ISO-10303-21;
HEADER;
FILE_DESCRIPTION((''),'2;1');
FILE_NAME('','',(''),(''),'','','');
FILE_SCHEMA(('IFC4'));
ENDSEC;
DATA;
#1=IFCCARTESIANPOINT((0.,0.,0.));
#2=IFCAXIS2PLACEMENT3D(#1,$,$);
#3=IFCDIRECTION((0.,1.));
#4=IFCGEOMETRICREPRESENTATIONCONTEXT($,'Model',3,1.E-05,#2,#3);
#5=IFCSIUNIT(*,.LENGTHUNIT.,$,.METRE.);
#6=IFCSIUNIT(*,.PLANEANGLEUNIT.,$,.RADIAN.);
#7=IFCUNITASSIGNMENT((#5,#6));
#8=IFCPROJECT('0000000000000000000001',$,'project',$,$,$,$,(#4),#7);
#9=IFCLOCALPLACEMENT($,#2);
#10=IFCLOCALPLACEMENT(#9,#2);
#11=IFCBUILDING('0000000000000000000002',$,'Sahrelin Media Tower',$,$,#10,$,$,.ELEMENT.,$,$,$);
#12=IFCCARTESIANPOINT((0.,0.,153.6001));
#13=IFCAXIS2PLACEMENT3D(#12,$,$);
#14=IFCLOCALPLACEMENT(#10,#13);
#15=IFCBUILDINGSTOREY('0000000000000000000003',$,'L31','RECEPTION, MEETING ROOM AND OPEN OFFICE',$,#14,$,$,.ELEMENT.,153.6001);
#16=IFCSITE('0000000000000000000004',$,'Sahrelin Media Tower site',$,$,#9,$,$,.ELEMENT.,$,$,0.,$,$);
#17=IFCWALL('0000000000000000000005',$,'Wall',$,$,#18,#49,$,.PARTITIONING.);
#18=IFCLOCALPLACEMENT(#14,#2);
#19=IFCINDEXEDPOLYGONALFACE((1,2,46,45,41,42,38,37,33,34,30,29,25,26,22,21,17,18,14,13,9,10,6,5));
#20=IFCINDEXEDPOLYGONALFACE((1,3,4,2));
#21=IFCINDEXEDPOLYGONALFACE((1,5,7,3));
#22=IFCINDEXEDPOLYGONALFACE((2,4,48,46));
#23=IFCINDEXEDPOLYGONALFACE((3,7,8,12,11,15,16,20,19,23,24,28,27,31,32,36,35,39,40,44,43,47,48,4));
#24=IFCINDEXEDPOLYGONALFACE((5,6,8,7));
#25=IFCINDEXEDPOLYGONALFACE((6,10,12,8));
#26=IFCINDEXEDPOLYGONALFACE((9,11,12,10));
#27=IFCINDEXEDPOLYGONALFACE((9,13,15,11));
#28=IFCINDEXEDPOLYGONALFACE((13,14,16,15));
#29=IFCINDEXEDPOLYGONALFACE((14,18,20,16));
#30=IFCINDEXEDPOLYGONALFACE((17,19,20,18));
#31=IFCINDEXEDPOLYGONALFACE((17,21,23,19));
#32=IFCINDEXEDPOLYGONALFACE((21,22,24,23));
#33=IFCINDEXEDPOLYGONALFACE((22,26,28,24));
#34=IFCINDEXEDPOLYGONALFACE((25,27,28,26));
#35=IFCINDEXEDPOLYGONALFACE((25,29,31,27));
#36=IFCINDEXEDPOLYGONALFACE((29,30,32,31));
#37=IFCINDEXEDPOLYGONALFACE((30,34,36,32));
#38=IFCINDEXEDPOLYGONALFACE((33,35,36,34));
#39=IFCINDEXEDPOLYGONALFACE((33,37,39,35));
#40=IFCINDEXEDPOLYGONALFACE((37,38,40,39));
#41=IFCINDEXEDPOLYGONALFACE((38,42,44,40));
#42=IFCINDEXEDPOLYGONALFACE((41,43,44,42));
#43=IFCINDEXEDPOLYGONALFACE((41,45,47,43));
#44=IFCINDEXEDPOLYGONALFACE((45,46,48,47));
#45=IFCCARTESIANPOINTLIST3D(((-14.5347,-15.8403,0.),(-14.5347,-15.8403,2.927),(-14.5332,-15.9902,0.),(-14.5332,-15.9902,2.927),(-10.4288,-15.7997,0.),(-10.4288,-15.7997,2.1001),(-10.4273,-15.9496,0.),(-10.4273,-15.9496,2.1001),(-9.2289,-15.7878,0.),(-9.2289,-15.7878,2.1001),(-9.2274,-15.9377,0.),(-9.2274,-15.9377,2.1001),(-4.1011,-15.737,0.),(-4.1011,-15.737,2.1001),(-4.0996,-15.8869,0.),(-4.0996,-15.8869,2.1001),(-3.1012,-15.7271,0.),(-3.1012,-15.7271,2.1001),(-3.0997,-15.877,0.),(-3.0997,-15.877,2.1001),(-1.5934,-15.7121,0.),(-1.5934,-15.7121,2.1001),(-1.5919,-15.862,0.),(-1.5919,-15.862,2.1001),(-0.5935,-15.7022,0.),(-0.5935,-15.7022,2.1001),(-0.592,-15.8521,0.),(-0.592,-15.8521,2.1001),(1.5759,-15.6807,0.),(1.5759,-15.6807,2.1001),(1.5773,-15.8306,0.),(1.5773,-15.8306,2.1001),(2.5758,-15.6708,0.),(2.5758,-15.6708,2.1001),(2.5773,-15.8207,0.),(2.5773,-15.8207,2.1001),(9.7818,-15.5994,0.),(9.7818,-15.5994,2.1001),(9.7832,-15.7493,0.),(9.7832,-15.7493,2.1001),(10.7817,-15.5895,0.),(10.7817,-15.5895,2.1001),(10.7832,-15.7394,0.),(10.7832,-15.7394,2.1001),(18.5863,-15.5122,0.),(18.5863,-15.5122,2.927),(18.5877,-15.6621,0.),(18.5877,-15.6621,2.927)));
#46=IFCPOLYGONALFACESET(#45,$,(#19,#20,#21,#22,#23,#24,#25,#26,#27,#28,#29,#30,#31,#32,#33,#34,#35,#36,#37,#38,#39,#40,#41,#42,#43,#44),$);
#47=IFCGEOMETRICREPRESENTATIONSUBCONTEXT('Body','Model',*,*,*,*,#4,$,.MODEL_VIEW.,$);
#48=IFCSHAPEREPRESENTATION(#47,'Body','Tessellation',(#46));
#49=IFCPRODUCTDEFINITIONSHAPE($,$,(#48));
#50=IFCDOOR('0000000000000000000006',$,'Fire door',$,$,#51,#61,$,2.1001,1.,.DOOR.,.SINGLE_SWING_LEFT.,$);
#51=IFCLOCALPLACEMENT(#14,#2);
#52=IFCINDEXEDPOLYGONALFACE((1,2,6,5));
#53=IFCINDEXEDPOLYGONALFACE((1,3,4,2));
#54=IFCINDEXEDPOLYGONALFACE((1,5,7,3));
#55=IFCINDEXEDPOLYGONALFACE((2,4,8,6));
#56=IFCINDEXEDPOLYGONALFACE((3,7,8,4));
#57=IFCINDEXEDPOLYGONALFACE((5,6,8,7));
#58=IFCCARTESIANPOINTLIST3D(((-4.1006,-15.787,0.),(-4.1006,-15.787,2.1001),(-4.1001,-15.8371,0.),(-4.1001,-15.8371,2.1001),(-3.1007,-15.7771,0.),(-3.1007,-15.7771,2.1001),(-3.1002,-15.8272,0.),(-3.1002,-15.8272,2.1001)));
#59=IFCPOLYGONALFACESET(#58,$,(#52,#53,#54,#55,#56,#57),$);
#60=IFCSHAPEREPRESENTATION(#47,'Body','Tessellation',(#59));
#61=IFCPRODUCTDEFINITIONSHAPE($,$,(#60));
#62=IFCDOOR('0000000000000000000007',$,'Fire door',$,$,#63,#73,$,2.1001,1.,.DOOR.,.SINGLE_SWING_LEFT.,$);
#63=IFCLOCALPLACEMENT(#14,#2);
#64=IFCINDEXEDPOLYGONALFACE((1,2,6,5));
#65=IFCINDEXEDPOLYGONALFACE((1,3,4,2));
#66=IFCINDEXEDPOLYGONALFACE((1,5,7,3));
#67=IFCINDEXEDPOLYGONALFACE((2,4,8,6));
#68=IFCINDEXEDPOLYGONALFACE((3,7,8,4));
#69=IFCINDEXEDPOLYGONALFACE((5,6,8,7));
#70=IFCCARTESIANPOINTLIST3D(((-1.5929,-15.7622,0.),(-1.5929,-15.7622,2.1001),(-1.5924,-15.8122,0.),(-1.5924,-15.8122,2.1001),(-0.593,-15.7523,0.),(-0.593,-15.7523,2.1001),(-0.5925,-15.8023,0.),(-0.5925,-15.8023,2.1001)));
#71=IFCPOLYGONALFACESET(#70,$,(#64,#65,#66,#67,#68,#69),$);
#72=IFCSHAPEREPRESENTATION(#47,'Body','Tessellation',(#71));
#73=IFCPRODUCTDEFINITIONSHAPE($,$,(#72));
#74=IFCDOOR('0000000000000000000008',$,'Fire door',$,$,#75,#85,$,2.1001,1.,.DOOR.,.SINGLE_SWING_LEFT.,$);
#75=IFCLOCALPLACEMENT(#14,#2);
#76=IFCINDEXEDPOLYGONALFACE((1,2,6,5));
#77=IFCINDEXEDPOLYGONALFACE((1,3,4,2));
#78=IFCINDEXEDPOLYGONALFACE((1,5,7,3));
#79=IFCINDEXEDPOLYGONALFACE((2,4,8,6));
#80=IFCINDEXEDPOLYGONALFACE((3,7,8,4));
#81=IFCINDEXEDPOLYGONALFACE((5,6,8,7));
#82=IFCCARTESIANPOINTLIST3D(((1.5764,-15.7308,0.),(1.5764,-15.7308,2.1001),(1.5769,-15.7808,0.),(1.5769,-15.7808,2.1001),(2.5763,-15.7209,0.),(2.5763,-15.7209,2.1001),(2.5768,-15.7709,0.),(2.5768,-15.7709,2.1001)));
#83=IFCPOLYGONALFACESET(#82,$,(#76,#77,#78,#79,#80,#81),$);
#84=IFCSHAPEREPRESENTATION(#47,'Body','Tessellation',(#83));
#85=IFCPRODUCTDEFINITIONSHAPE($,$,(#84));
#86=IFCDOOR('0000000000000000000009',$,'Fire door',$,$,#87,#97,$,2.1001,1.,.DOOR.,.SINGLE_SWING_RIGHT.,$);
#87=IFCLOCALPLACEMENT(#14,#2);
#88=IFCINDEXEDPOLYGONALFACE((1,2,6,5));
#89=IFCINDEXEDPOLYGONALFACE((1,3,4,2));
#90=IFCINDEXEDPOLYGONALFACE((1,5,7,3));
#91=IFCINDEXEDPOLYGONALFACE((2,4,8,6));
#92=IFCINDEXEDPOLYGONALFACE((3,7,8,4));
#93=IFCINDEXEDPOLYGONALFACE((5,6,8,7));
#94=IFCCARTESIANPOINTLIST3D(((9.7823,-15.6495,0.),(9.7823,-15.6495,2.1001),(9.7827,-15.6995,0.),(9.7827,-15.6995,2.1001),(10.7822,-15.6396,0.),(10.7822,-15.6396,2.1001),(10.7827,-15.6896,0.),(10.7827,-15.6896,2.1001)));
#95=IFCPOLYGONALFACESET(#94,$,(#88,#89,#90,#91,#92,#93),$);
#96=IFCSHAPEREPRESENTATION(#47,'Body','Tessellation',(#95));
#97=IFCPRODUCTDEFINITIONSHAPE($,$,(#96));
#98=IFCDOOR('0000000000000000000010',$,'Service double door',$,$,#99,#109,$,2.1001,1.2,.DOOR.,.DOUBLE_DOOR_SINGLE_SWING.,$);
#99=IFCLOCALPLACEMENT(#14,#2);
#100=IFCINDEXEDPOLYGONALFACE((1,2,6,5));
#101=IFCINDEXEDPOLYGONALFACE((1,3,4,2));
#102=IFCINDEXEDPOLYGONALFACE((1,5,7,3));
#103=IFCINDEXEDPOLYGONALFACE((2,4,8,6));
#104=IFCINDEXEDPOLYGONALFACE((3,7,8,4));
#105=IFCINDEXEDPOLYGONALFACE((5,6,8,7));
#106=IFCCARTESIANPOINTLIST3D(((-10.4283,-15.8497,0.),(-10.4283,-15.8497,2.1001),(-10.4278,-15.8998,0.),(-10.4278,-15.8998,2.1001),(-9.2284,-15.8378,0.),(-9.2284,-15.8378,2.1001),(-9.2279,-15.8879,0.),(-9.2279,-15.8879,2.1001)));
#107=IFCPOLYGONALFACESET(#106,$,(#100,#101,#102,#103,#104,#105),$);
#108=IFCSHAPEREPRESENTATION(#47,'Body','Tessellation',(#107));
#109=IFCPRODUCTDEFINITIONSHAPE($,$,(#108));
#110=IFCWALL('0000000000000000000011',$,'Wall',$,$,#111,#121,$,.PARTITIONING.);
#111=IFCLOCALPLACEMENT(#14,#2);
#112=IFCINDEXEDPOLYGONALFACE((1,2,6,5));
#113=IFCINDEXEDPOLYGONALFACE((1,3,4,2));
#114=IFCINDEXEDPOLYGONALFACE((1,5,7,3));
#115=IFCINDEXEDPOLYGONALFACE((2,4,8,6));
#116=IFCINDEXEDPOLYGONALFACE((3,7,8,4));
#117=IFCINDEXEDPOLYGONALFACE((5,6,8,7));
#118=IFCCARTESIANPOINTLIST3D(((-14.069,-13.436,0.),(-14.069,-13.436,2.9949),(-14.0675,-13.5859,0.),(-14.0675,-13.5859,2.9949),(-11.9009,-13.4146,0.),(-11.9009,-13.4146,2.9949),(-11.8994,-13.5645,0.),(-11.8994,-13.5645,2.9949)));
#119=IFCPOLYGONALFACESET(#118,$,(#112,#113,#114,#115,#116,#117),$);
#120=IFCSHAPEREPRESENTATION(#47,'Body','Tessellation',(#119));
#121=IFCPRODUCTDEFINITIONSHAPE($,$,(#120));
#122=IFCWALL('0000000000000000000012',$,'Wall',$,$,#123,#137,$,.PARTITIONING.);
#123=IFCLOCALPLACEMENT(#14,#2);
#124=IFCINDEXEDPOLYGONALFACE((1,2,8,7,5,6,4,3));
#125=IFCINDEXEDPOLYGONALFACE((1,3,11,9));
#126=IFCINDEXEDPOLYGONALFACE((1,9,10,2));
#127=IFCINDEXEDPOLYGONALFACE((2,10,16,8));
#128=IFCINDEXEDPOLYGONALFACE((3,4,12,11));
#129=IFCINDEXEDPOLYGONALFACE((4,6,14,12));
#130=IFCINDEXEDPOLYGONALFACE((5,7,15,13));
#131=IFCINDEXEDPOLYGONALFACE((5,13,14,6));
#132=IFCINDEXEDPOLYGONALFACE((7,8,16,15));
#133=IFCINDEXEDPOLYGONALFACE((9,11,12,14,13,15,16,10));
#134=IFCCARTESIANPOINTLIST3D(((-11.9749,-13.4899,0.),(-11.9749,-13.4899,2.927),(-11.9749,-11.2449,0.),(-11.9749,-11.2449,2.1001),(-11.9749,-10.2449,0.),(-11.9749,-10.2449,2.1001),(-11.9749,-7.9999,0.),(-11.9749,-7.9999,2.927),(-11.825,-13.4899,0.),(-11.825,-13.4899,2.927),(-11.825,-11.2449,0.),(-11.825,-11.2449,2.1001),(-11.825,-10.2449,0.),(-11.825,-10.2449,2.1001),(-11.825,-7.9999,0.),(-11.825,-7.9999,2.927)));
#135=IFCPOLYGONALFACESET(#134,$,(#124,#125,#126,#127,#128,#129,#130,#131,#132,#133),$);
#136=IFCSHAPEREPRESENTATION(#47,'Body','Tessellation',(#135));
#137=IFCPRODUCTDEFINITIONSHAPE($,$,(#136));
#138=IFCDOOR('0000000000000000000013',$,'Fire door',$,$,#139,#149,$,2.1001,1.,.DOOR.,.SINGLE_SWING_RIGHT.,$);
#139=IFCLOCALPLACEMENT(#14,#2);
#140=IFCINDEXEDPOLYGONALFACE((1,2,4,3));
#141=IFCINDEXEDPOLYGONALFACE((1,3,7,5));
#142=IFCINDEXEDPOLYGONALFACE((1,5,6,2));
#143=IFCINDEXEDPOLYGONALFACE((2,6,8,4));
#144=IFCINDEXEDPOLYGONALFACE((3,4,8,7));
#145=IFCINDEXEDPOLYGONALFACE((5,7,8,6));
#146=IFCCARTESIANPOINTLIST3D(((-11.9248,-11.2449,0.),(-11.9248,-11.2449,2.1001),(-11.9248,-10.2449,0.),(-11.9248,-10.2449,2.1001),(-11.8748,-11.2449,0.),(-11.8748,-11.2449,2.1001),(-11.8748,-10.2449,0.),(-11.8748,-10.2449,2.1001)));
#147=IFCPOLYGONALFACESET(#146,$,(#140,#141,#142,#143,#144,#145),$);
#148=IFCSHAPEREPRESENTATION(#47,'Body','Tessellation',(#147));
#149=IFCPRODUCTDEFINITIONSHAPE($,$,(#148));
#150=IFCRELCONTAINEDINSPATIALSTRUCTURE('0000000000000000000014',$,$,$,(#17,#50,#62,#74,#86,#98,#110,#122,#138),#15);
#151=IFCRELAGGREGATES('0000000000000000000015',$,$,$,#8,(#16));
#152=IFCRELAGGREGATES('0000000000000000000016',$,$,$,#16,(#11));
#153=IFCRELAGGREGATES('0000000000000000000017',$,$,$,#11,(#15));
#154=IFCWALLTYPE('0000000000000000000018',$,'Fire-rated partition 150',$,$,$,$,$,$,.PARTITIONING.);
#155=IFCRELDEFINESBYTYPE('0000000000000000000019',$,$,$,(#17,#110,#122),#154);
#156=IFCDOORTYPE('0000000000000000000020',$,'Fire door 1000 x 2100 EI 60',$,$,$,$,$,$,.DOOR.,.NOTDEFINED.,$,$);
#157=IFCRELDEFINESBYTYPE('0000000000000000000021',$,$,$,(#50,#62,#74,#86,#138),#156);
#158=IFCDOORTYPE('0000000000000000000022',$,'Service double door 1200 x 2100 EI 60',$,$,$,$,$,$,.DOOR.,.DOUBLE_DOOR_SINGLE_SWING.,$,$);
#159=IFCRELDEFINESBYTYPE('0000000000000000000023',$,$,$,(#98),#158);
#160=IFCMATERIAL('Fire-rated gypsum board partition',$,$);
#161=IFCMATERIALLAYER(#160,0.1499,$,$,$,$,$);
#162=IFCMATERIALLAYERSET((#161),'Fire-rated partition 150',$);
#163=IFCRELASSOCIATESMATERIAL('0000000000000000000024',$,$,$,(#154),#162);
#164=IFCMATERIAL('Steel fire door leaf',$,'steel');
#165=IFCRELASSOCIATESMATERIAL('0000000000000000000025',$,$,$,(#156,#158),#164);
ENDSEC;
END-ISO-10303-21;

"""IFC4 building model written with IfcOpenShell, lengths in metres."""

from ifc_helpers import new_model, si_unit, direction, frame, frame_2d, origin, place, context, subcontext, project, spatial, rectangle, extrude, material, layer, layer_set, type_object, element, fill, save


model = new_model("IFC4")

# Units and contexts
model_context = context("Model", 3, precision=1e-05, world=origin(), true_north=direction((0.0, 1.0)))
body_context = subcontext(model_context, "Body", "Model", "MODEL_VIEW")
ifc_project = project(units=[si_unit("LENGTHUNIT", "METRE"), si_unit("PLANEANGLEUNIT", "RADIAN")], contexts=[model_context])

# Site, building, storey
site_placement = place(None, origin())
site = spatial("IfcSite", under=ifc_project, at=site_placement, Name="Sahrelin Media Tower site", CompositionType="ELEMENT", RefElevation=0.0)
building_placement = place(site_placement, origin())
building = spatial("IfcBuilding", under=site, at=building_placement, Name="Sahrelin Media Tower", CompositionType="ELEMENT")
storey_placement = place(building_placement, frame((0.0, 0.0, 153.6001)))
storey = spatial("IfcBuildingStorey", under=building, at=storey_placement, Name="L31", Description="RECEPTION, MEETING ROOM AND OPEN OFFICE", CompositionType="ELEMENT", Elevation=153.6001)

# Shared definitions
ifc_material_1 = material(Name="Fire-rated gypsum board partition")
ifc_layer_1 = layer(ifc_material_1, 0.1499)
ifc_layer_set_1 = layer_set([ifc_layer_1], Name="Fire-rated partition 150")
wall_type_1 = type_object("IfcWallType", Name="Fire-rated partition 150", PredefinedType="PARTITIONING", material=ifc_layer_set_1)

# Wall, openings, doors
wall_1_placement = place(storey_placement, frame((-14.5339, -15.9153, 0.0), z_axis=(0.0, 0.0, 1.0), x_axis=(0.999951, 0.009906, 0.0)))
wall_1 = element("IfcWall", 1, at=wall_1_placement, inside=storey, type_object=wall_type_1, Name="Wall", PredefinedType="PARTITIONING", context=body_context, shape_type="SweptSolid", body=[
    extrude(rectangle(XDim=33.1226, YDim=0.1499, at=frame_2d((16.5613, 0.0))), origin(), (0.0, 0.0, 1.0), 2.927),
])
opening_1_placement = place(wall_1_placement, frame((4.106, 0.0, 0.0)))
opening_1 = element("IfcOpeningElement", 2, at=opening_1_placement, cuts=wall_1, PredefinedType="OPENING", context=body_context, shape_type="SweptSolid", body=[
    extrude(rectangle(XDim=1.2, YDim=2.1001, at=frame_2d((0.6001, 1.05))), frame((0.0, 0.075, 0.0), z_axis=(0.0, -1.0, 0.0), x_axis=(1.0, 0.0, 0.0)), (0.0, 0.0, 1.0), 0.1499),
])
opening_2_placement = place(wall_1_placement, frame((10.4341, 0.0, 0.0)))
opening_2 = element("IfcOpeningElement", 3, at=opening_2_placement, cuts=wall_1, PredefinedType="OPENING", context=body_context, shape_type="SweptSolid", body=[
    extrude(rectangle(XDim=1.0, YDim=2.1001, at=frame_2d((0.5, 1.05))), frame((0.0, 0.075, 0.0), z_axis=(0.0, -1.0, 0.0), x_axis=(1.0, 0.0, 0.0)), (0.0, 0.0, 1.0), 0.1499),
])
opening_3_placement = place(wall_1_placement, frame((12.9419, 0.0, 0.0)))
opening_3 = element("IfcOpeningElement", 4, at=opening_3_placement, cuts=wall_1, PredefinedType="OPENING", context=body_context, shape_type="SweptSolid", body=[
    extrude(rectangle(XDim=1.0, YDim=2.1001, at=frame_2d((0.5, 1.05))), frame((0.0, 0.075, 0.0), z_axis=(0.0, -1.0, 0.0), x_axis=(1.0, 0.0, 0.0)), (0.0, 0.0, 1.0), 0.1499),
])
opening_4_placement = place(wall_1_placement, frame((16.1113, 0.0, 0.0)))
opening_4 = element("IfcOpeningElement", 5, at=opening_4_placement, cuts=wall_1, PredefinedType="OPENING", context=body_context, shape_type="SweptSolid", body=[
    extrude(rectangle(XDim=1.0, YDim=2.1001, at=frame_2d((0.5, 1.05))), frame((0.0, 0.075, 0.0), z_axis=(0.0, -1.0, 0.0), x_axis=(1.0, 0.0, 0.0)), (0.0, 0.0, 1.0), 0.1499),
])
opening_5_placement = place(wall_1_placement, frame((24.3176, 0.0, 0.0)))
opening_5 = element("IfcOpeningElement", 6, at=opening_5_placement, cuts=wall_1, PredefinedType="OPENING", context=body_context, shape_type="SweptSolid", body=[
    extrude(rectangle(XDim=1.0, YDim=2.1001, at=frame_2d((0.5, 1.05))), frame((0.0, 0.075, 0.0), z_axis=(0.0, -1.0, 0.0), x_axis=(1.0, 0.0, 0.0)), (0.0, 0.0, 1.0), 0.1499),
])
ifc_material_2 = material(Name="Steel fire door leaf", Category="steel")
door_type_1 = type_object("IfcDoorType", Name="Fire door 1000 x 2100 EI 60", OperationType="NOTDEFINED", PredefinedType="DOOR", material=ifc_material_2)
door_1_placement = place(opening_2_placement, origin())
door_1 = element("IfcDoor", 7, at=door_1_placement, inside=storey, type_object=door_type_1, Name="Fire door", OperationType="SINGLE_SWING_LEFT", OverallHeight=2.1001, OverallWidth=1.0, PredefinedType="DOOR", context=body_context, shape_type="SweptSolid", body=[
    extrude(rectangle(XDim=1.0, YDim=2.1001, at=frame_2d((0.5, 1.05))), frame((0.0, 0.0249, 0.0), z_axis=(0.0, -1.0, 0.0), x_axis=(1.0, 0.0, 0.0)), (0.0, 0.0, 1.0), 0.05),
])
fill(opening_2, door_1)
door_2_placement = place(opening_3_placement, origin())
door_2 = element("IfcDoor", 8, at=door_2_placement, inside=storey, type_object=door_type_1, Name="Fire door", OperationType="SINGLE_SWING_LEFT", OverallHeight=2.1001, OverallWidth=1.0, PredefinedType="DOOR", context=body_context, shape_type="SweptSolid", body=[
    extrude(rectangle(XDim=1.0, YDim=2.1001, at=frame_2d((0.5, 1.05))), frame((0.0, 0.0249, 0.0), z_axis=(0.0, -1.0, 0.0), x_axis=(1.0, 0.0, 0.0)), (0.0, 0.0, 1.0), 0.05),
])
fill(opening_3, door_2)
door_3_placement = place(opening_4_placement, origin())
door_3 = element("IfcDoor", 9, at=door_3_placement, inside=storey, type_object=door_type_1, Name="Fire door", OperationType="SINGLE_SWING_LEFT", OverallHeight=2.1001, OverallWidth=1.0, PredefinedType="DOOR", context=body_context, shape_type="SweptSolid", body=[
    extrude(rectangle(XDim=1.0, YDim=2.1001, at=frame_2d((0.5, 1.05))), frame((0.0, 0.0249, 0.0), z_axis=(0.0, -1.0, 0.0), x_axis=(1.0, 0.0, 0.0)), (0.0, 0.0, 1.0), 0.05),
])
fill(opening_4, door_3)
door_4_placement = place(opening_5_placement, origin())
door_4 = element("IfcDoor", 10, at=door_4_placement, inside=storey, type_object=door_type_1, Name="Fire door", OperationType="SINGLE_SWING_RIGHT", OverallHeight=2.1001, OverallWidth=1.0, PredefinedType="DOOR", context=body_context, shape_type="SweptSolid", body=[
    extrude(rectangle(XDim=1.0, YDim=2.1001, at=frame_2d((0.5, 1.05))), frame((0.0, 0.0249, 0.0), z_axis=(0.0, -1.0, 0.0), x_axis=(1.0, 0.0, 0.0)), (0.0, 0.0, 1.0), 0.05),
])
fill(opening_5, door_4)
door_type_2 = type_object("IfcDoorType", Name="Service double door 1200 x 2100 EI 60", OperationType="DOUBLE_DOOR_SINGLE_SWING", PredefinedType="DOOR", material=ifc_material_2)
door_5_placement = place(opening_1_placement, origin())
door_5 = element("IfcDoor", 11, at=door_5_placement, inside=storey, type_object=door_type_2, Name="Service double door", OperationType="DOUBLE_DOOR_SINGLE_SWING", OverallHeight=2.1001, OverallWidth=1.2, PredefinedType="DOOR", context=body_context, shape_type="SweptSolid", body=[
    extrude(rectangle(XDim=1.2, YDim=2.1001, at=frame_2d((0.6001, 1.05))), frame((0.0, 0.0249, 0.0), z_axis=(0.0, -1.0, 0.0), x_axis=(1.0, 0.0, 0.0)), (0.0, 0.0, 1.0), 0.05),
])
fill(opening_1, door_5)

# Wall
wall_2_placement = place(storey_placement, frame((-14.0681, -13.511, 0.0), z_axis=(0.0, 0.0, 1.0), x_axis=(0.999951, 0.009908, 0.0)))
element("IfcWall", 12, at=wall_2_placement, inside=storey, type_object=wall_type_1, Name="Wall", PredefinedType="PARTITIONING", context=body_context, shape_type="SweptSolid", body=[
    extrude(rectangle(XDim=2.1682, YDim=0.1499, at=frame_2d((1.084, 0.0))), origin(), (0.0, 0.0, 1.0), 2.9949),
])

# Wall, opening, door
wall_3_placement = place(storey_placement, frame((-11.8999, -13.49, 0.0), z_axis=(0.0, 0.0, 1.0), x_axis=(0.0, 1.0, 0.0)))
wall_3 = element("IfcWall", 13, at=wall_3_placement, inside=storey, type_object=wall_type_1, Name="Wall", PredefinedType="PARTITIONING", context=body_context, shape_type="SweptSolid", body=[
    extrude(rectangle(XDim=5.49, YDim=0.1499, at=frame_2d((2.7451, 0.0))), origin(), (0.0, 0.0, 1.0), 2.927),
])
opening_6_placement = place(wall_3_placement, frame((2.2451, 0.0, 0.0)))
opening_6 = element("IfcOpeningElement", 14, at=opening_6_placement, cuts=wall_3, PredefinedType="OPENING", context=body_context, shape_type="SweptSolid", body=[
    extrude(rectangle(XDim=1.0, YDim=2.1001, at=frame_2d((0.5, 1.05))), frame((0.0, 0.075, 0.0), z_axis=(0.0, -1.0, 0.0), x_axis=(1.0, 0.0, 0.0)), (0.0, 0.0, 1.0), 0.1499),
])
door_6_placement = place(opening_6_placement, origin())
door_6 = element("IfcDoor", 15, at=door_6_placement, inside=storey, type_object=door_type_1, Name="Fire door", OperationType="SINGLE_SWING_RIGHT", OverallHeight=2.1001, OverallWidth=1.0, PredefinedType="DOOR", context=body_context, shape_type="SweptSolid", body=[
    extrude(rectangle(XDim=1.0, YDim=2.1001, at=frame_2d((0.5, 1.05))), frame((0.0, 0.0249, 0.0), z_axis=(0.0, -1.0, 0.0), x_axis=(1.0, 0.0, 0.0)), (0.0, 0.0, 1.0), 0.05),
])
fill(opening_6, door_6)

save(model, "model.ifc")
